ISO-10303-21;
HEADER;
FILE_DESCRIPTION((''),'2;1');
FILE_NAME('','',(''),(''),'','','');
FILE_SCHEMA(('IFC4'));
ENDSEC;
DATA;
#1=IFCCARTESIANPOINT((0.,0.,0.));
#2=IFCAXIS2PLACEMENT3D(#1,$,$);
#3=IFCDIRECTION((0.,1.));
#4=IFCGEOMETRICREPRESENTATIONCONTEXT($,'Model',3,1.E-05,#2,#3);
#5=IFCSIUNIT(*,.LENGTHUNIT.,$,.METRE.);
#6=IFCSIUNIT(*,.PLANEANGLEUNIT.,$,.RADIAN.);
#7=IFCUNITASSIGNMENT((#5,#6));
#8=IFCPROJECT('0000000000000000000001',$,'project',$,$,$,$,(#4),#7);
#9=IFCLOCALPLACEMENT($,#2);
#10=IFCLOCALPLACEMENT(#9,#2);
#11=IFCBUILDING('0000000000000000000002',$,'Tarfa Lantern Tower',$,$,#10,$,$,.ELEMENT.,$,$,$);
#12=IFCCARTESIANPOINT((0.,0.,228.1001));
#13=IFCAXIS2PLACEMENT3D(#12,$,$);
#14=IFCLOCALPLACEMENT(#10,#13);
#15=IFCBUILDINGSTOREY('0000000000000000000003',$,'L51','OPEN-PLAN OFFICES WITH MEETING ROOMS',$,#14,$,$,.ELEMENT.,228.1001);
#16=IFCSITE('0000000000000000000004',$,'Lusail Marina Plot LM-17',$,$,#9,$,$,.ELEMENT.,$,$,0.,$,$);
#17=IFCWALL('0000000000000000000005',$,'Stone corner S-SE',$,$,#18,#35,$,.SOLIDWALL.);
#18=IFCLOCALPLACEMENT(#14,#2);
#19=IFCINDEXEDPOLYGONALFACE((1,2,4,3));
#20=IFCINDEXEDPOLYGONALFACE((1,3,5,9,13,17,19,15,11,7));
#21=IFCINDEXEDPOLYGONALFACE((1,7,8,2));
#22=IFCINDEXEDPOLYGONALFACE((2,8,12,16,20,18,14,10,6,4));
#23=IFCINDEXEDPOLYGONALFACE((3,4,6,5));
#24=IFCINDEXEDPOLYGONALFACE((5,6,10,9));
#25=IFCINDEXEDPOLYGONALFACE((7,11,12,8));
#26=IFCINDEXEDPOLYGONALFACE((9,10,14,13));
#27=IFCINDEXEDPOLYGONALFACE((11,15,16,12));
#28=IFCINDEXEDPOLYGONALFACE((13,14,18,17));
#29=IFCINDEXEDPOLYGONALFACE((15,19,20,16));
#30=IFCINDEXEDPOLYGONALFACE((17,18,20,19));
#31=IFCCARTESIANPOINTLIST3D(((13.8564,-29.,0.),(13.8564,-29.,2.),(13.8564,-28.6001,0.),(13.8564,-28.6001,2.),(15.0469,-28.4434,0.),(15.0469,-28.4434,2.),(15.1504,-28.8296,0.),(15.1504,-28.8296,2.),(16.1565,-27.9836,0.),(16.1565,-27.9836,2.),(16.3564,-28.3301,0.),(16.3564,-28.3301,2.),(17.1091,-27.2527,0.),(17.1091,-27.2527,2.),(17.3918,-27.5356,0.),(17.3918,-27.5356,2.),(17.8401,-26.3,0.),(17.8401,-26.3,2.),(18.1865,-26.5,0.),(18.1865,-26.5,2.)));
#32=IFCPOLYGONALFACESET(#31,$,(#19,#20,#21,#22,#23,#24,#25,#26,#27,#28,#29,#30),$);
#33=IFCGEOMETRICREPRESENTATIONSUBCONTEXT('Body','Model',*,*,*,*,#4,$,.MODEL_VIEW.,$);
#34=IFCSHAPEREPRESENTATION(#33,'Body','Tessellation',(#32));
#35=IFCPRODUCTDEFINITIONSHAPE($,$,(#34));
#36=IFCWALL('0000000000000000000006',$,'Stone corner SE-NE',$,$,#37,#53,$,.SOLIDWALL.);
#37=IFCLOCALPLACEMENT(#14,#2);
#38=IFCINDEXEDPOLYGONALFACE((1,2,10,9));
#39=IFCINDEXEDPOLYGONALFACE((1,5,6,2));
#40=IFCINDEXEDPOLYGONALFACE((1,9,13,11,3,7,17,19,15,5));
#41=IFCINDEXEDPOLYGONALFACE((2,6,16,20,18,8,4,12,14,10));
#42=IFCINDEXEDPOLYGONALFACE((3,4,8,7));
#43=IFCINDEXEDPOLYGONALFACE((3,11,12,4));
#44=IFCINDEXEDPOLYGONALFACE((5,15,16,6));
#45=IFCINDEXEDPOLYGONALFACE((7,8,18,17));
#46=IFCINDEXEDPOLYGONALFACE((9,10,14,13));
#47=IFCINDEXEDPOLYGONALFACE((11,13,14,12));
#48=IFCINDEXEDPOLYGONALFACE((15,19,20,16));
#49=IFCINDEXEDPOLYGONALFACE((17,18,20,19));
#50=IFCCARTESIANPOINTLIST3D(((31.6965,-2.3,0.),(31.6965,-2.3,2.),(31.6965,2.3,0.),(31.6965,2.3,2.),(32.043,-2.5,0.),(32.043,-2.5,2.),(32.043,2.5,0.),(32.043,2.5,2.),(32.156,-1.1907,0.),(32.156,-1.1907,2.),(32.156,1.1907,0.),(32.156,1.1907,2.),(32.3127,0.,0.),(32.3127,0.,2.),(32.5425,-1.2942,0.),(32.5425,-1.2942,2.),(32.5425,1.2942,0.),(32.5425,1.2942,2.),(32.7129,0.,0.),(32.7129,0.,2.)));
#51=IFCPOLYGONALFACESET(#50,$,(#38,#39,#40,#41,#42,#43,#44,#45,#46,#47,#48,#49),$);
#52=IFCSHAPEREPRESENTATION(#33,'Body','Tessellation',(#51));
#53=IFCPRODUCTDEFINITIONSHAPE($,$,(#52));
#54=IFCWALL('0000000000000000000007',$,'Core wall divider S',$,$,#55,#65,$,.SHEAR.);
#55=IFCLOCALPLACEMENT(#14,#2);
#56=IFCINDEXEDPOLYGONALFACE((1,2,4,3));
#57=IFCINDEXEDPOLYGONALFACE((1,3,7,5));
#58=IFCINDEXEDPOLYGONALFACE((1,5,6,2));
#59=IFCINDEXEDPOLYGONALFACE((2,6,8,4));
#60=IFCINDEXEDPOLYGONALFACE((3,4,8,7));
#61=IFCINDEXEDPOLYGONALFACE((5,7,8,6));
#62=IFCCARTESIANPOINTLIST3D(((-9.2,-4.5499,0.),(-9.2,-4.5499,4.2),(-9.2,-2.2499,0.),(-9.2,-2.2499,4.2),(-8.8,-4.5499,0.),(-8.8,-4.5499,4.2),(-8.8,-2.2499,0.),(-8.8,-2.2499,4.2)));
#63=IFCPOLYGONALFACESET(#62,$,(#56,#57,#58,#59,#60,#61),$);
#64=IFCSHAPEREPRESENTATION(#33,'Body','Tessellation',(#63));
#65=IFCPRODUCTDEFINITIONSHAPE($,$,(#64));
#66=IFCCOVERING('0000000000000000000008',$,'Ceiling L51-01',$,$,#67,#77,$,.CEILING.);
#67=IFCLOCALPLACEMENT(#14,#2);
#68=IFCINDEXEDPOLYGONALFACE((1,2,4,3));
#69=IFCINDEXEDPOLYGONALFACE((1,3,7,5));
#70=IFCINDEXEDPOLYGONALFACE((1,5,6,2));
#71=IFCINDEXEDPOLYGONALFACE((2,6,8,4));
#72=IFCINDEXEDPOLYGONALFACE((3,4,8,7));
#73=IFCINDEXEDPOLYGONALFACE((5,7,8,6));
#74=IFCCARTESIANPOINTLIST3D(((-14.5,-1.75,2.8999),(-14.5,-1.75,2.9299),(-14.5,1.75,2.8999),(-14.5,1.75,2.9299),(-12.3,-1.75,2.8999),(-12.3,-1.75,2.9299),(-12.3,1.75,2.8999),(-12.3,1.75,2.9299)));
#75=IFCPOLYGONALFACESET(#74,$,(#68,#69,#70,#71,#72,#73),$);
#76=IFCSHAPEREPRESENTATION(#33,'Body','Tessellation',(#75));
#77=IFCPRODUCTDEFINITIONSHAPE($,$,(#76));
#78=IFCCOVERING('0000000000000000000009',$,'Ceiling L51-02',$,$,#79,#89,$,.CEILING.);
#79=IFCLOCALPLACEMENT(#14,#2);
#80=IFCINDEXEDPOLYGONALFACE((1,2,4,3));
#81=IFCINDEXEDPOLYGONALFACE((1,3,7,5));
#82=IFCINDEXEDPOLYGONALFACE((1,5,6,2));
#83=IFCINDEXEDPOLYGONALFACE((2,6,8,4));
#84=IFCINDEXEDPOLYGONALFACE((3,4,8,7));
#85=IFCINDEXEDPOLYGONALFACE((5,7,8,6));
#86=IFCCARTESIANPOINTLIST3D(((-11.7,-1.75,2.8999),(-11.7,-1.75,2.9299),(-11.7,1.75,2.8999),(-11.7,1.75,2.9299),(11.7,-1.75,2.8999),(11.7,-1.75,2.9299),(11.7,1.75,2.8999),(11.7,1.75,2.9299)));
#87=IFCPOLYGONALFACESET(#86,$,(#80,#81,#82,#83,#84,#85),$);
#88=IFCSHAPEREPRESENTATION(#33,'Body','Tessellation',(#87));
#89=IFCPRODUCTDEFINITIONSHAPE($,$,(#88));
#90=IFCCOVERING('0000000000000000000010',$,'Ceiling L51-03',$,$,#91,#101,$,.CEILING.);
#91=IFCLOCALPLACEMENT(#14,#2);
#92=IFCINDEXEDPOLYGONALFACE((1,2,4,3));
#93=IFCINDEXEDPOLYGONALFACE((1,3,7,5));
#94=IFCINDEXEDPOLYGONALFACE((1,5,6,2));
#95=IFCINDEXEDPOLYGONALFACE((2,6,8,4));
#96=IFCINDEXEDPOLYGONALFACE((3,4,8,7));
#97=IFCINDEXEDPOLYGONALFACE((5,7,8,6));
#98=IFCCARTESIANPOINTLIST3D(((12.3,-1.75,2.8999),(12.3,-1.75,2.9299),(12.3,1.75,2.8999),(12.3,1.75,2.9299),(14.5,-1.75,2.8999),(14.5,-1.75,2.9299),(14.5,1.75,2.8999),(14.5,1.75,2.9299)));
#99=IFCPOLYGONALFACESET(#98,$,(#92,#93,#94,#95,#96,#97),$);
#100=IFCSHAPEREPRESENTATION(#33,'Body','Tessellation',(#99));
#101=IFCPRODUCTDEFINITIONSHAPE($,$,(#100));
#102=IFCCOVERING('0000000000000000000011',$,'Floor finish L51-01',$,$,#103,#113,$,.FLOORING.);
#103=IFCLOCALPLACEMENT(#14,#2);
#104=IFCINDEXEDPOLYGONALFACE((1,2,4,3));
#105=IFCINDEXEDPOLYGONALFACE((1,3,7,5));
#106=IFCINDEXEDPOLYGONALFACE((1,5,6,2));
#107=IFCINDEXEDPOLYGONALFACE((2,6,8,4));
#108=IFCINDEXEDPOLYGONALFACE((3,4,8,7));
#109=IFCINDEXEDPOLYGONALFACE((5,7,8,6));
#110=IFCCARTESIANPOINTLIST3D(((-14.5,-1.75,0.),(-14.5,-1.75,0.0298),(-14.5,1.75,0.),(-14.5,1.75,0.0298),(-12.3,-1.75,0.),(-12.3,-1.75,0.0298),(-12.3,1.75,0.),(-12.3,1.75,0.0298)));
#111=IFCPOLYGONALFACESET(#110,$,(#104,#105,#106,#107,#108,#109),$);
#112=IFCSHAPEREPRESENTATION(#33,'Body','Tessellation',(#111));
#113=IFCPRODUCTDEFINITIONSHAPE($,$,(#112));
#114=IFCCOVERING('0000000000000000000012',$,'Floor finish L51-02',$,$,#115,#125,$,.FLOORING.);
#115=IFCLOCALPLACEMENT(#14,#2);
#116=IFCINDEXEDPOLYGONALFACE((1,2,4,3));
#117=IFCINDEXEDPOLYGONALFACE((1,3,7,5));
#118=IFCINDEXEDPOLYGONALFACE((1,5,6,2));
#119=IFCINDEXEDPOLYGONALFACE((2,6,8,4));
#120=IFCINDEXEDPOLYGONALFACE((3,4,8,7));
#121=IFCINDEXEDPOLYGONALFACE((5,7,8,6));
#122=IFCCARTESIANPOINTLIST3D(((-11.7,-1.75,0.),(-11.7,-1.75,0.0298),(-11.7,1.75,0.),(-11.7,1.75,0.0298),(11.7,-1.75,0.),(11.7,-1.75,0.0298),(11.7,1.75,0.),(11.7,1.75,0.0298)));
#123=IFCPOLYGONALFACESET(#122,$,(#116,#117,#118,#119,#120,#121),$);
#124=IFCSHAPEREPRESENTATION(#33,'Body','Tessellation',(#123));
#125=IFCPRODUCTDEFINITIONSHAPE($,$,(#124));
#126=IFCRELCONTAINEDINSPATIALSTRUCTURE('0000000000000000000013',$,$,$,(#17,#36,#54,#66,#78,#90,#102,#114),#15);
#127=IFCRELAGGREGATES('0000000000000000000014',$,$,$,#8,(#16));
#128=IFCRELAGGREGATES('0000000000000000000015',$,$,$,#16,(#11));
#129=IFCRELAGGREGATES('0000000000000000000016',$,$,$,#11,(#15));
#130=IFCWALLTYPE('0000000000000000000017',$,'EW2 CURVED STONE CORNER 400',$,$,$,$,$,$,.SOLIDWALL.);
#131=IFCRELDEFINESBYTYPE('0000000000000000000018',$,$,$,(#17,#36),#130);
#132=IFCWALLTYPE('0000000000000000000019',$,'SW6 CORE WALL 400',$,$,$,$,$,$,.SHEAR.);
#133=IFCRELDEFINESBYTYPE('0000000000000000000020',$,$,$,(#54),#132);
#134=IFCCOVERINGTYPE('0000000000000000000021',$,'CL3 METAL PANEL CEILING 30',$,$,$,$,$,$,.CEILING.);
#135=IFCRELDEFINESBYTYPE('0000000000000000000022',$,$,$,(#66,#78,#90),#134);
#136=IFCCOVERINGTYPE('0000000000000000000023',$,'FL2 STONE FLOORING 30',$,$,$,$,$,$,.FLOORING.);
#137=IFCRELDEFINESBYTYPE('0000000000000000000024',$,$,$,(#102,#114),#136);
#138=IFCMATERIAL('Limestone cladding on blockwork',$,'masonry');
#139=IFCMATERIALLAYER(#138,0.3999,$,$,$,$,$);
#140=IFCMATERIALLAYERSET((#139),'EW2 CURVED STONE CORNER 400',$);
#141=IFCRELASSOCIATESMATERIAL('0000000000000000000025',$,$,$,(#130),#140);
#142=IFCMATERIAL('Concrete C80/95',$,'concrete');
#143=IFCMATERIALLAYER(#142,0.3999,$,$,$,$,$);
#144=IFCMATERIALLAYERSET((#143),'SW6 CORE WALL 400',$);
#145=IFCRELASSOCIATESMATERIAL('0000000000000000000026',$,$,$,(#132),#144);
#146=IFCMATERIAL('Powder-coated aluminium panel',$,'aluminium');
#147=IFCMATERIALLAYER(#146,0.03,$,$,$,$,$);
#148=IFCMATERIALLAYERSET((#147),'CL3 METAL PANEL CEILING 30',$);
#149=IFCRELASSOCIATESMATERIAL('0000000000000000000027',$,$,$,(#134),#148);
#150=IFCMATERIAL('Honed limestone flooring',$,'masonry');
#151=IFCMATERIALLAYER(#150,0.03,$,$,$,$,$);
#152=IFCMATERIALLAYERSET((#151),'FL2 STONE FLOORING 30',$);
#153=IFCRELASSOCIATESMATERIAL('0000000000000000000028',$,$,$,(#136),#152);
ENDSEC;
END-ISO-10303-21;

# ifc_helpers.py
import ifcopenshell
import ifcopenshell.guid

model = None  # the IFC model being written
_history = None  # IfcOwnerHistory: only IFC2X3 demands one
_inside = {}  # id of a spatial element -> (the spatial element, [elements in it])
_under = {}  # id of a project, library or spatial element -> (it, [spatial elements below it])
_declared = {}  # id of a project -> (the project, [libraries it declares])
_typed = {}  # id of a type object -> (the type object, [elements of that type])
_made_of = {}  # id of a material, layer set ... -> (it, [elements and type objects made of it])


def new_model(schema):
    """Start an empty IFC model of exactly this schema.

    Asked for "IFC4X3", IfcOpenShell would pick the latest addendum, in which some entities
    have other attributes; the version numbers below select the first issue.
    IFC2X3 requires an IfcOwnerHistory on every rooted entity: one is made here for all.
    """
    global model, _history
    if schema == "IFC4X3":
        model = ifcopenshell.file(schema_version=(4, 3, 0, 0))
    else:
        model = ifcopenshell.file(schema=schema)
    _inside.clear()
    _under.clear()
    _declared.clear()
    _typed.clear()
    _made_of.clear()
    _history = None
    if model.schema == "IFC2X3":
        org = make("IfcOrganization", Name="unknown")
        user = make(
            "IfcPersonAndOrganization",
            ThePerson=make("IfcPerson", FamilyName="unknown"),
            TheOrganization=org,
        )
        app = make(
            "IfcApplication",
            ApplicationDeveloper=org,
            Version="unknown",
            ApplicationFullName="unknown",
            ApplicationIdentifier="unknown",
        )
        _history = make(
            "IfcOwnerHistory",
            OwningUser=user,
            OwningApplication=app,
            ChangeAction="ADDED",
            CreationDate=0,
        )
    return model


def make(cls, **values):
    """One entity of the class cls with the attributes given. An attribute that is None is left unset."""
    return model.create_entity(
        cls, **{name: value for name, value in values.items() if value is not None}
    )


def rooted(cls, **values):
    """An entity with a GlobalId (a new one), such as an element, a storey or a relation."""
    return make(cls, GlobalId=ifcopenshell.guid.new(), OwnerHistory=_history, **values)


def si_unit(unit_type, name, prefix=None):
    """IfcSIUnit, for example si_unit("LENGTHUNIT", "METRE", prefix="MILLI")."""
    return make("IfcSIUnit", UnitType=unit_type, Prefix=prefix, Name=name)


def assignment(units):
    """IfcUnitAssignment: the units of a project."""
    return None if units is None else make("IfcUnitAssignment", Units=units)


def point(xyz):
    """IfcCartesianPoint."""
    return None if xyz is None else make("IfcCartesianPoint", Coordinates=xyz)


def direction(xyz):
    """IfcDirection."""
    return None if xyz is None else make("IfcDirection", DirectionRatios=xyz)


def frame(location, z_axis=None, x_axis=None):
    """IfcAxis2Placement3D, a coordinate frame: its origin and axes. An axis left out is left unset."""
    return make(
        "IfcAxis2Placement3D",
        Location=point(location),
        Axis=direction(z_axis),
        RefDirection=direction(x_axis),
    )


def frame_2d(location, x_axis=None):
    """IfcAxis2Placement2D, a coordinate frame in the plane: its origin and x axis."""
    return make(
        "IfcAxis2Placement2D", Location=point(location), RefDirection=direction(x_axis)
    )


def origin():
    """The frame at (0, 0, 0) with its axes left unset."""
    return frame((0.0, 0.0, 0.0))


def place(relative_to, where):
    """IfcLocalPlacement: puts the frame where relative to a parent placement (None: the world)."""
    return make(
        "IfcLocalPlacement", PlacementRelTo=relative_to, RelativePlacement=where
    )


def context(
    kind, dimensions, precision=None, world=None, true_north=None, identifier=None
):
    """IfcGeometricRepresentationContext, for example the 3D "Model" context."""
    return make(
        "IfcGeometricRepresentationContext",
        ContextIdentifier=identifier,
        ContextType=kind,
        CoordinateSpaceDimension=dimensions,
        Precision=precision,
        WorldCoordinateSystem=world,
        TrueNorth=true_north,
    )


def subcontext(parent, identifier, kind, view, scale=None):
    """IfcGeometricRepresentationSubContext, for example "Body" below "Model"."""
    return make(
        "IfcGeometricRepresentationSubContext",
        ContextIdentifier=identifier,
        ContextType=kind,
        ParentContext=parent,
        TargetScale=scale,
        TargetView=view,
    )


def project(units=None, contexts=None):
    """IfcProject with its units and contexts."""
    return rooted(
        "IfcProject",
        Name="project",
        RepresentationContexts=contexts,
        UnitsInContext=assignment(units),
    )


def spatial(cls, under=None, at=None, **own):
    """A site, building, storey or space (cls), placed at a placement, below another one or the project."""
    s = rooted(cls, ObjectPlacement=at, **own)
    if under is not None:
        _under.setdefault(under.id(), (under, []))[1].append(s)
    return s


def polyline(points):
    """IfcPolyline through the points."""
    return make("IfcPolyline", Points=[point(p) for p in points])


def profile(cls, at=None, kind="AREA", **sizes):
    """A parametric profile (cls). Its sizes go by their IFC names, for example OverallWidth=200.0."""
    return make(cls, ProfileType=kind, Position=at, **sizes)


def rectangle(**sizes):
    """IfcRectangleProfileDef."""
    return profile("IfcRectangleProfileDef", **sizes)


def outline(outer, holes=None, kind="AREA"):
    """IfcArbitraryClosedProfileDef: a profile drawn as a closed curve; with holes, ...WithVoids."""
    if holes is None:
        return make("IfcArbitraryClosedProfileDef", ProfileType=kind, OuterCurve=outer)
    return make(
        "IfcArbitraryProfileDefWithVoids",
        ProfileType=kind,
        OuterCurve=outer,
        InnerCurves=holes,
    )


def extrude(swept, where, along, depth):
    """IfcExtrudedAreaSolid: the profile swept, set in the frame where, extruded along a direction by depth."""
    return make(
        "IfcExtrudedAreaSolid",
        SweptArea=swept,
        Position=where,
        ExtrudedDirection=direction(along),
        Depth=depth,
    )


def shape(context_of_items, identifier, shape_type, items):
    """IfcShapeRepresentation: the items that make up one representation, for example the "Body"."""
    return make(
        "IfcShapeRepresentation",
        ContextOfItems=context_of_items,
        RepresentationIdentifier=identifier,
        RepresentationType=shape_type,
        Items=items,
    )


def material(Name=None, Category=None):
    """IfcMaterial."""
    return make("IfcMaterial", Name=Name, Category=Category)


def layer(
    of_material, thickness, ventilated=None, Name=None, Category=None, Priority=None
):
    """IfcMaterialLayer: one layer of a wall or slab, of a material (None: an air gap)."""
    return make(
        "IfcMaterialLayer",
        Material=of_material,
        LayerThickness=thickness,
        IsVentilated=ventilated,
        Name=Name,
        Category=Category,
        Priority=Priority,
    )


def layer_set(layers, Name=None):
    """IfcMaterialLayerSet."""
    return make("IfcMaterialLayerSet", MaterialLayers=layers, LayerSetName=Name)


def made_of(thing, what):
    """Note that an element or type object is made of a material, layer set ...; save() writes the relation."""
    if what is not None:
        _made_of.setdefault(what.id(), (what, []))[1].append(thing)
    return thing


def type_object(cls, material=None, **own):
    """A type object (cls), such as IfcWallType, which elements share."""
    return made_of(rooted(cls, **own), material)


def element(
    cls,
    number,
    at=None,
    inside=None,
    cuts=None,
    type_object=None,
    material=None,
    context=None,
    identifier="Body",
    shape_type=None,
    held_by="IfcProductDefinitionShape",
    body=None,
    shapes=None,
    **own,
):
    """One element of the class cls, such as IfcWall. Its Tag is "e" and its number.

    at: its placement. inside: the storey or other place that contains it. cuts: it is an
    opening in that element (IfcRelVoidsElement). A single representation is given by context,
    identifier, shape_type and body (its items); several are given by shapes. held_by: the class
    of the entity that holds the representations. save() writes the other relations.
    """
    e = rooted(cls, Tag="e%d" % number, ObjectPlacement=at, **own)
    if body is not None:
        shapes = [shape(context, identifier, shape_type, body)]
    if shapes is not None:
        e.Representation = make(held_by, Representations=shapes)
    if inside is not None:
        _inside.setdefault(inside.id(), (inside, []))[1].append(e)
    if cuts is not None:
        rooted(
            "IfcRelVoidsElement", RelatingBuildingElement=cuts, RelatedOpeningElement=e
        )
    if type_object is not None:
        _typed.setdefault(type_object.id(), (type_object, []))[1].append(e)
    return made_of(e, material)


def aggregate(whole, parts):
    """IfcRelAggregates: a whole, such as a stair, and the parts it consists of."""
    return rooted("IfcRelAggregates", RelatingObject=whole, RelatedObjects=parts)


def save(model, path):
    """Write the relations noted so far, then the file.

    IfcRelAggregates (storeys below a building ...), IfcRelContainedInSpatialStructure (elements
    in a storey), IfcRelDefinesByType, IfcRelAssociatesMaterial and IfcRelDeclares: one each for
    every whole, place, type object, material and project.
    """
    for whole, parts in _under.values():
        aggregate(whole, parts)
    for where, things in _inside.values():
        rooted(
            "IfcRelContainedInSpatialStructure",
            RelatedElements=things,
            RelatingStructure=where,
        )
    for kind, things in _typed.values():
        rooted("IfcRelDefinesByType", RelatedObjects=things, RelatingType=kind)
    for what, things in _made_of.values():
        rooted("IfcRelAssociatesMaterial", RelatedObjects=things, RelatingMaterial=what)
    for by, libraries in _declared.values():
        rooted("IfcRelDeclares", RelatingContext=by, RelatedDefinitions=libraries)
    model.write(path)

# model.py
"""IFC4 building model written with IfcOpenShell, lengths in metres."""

from ifc_helpers import new_model, si_unit, direction, frame, frame_2d, origin, place, context, subcontext, project, spatial, polyline, rectangle, outline, extrude, material, layer, layer_set, type_object, element, save


model = new_model("IFC4")

# Units and contexts
model_context = context("Model", 3, precision=1e-05, world=origin(), true_north=direction((0.0, 1.0)))
body_context = subcontext(model_context, "Body", "Model", "MODEL_VIEW")
ifc_project = project(units=[si_unit("LENGTHUNIT", "METRE"), si_unit("PLANEANGLEUNIT", "RADIAN")], contexts=[model_context])

# Site, building, storey
site_placement = place(None, origin())
site = spatial("IfcSite", under=ifc_project, at=site_placement, Name="Lusail Marina Plot LM-17", CompositionType="ELEMENT", RefElevation=0.0)
building_placement = place(site_placement, origin())
building = spatial("IfcBuilding", under=site, at=building_placement, Name="Tarfa Lantern Tower", CompositionType="ELEMENT")
storey_placement = place(building_placement, frame((0.0, 0.0, 228.1001)))
storey = spatial("IfcBuildingStorey", under=building, at=storey_placement, Name="L51", Description="OPEN-PLAN OFFICES WITH MEETING ROOMS", CompositionType="ELEMENT", Elevation=228.1001)

# Walls
ifc_material_1 = material(Name="Limestone cladding on blockwork", Category="masonry")
ifc_layer_1 = layer(ifc_material_1, 0.3999)
ifc_layer_set_1 = layer_set([ifc_layer_1], Name="EW2 CURVED STONE CORNER 400")
wall_type_1 = type_object("IfcWallType", Name="EW2 CURVED STONE CORNER 400", PredefinedType="SOLIDWALL", material=ifc_layer_set_1)
wall_1_placement = place(storey_placement, origin())
element("IfcWall", 1, at=wall_1_placement, inside=storey, type_object=wall_type_1, Name="Stone corner S-SE", PredefinedType="SOLIDWALL", context=body_context, shape_type="SweptSolid", body=[
    extrude(outline(polyline([(13.8564, -29.0), (15.1504, -28.8296), (16.3564, -28.3301), (17.3918, -27.5356), (18.1865, -26.5), (17.8401, -26.3), (17.1091, -27.2527), (16.1565, -27.9836), (15.0469, -28.4434), (13.8564, -28.6001), (13.8564, -29.0)])), origin(), (0.0, 0.0, 1.0), 2.0),
])
wall_2_placement = place(storey_placement, origin())
element("IfcWall", 2, at=wall_2_placement, inside=storey, type_object=wall_type_1, Name="Stone corner SE-NE", PredefinedType="SOLIDWALL", context=body_context, shape_type="SweptSolid", body=[
    extrude(outline(polyline([(32.043, -2.5), (32.5425, -1.2942), (32.7129, 0.0), (32.5425, 1.2942), (32.043, 2.5), (31.6965, 2.3), (32.156, 1.1907), (32.3127, 0.0), (32.156, -1.1907), (31.6965, -2.3), (32.043, -2.5)])), origin(), (0.0, 0.0, 1.0), 2.0),
])
ifc_material_2 = material(Name="Concrete C80/95", Category="concrete")
ifc_layer_2 = layer(ifc_material_2, 0.3999)
ifc_layer_set_2 = layer_set([ifc_layer_2], Name="SW6 CORE WALL 400")
wall_type_2 = type_object("IfcWallType", Name="SW6 CORE WALL 400", PredefinedType="SHEAR", material=ifc_layer_set_2)
wall_3_placement = place(storey_placement, frame((-9.0, -2.25, 0.0), z_axis=(0.0, 0.0, 1.0), x_axis=(0.0, -1.0, 0.0)))
element("IfcWall", 3, at=wall_3_placement, inside=storey, type_object=wall_type_2, Name="Core wall divider S", PredefinedType="SHEAR", context=body_context, shape_type="SweptSolid", body=[
    extrude(rectangle(XDim=2.3, YDim=0.3999, at=frame_2d((1.1499, 0.0))), origin(), (0.0, 0.0, 1.0), 4.2),
])

# Coverings
ifc_material_3 = material(Name="Powder-coated aluminium panel", Category="aluminium")
ifc_layer_3 = layer(ifc_material_3, 0.03)
ifc_layer_set_3 = layer_set([ifc_layer_3], Name="CL3 METAL PANEL CEILING 30")
covering_type_1 = type_object("IfcCoveringType", Name="CL3 METAL PANEL CEILING 30", PredefinedType="CEILING", material=ifc_layer_set_3)
covering_1_placement = place(storey_placement, frame((0.0, 0.0, 2.8999)))
element("IfcCovering", 4, at=covering_1_placement, inside=storey, type_object=covering_type_1, Name="Ceiling L51-01", PredefinedType="CEILING", context=body_context, shape_type="SweptSolid", body=[
    extrude(outline(polyline([(-14.5, -1.75), (-12.3, -1.75), (-12.3, 1.75), (-14.5, 1.75), (-14.5, -1.75)])), origin(), (0.0, 0.0, 1.0), 0.03),
])
covering_2_placement = place(storey_placement, frame((0.0, 0.0, 2.8999)))
element("IfcCovering", 5, at=covering_2_placement, inside=storey, type_object=covering_type_1, Name="Ceiling L51-02", PredefinedType="CEILING", context=body_context, shape_type="SweptSolid", body=[
    extrude(outline(polyline([(-11.7, -1.75), (11.7, -1.75), (11.7, 1.75), (-11.7, 1.75), (-11.7, -1.75)])), origin(), (0.0, 0.0, 1.0), 0.03),
])
covering_3_placement = place(storey_placement, frame((0.0, 0.0, 2.8999)))
element("IfcCovering", 6, at=covering_3_placement, inside=storey, type_object=covering_type_1, Name="Ceiling L51-03", PredefinedType="CEILING", context=body_context, shape_type="SweptSolid", body=[
    extrude(outline(polyline([(12.3, -1.75), (14.5, -1.75), (14.5, 1.75), (12.3, 1.75), (12.3, -1.75)])), origin(), (0.0, 0.0, 1.0), 0.03),
])
ifc_material_4 = material(Name="Honed limestone flooring", Category="masonry")
ifc_layer_4 = layer(ifc_material_4, 0.03)
ifc_layer_set_4 = layer_set([ifc_layer_4], Name="FL2 STONE FLOORING 30")
covering_type_2 = type_object("IfcCoveringType", Name="FL2 STONE FLOORING 30", PredefinedType="FLOORING", material=ifc_layer_set_4)
covering_4_placement = place(storey_placement, origin())
element("IfcCovering", 7, at=covering_4_placement, inside=storey, type_object=covering_type_2, Name="Floor finish L51-01", PredefinedType="FLOORING", context=body_context, shape_type="SweptSolid", body=[
    extrude(outline(polyline([(-14.5, -1.75), (-12.3, -1.75), (-12.3, 1.75), (-14.5, 1.75), (-14.5, -1.75)])), origin(), (0.0, 0.0, 1.0), 0.0298),
])
covering_5_placement = place(storey_placement, origin())
element("IfcCovering", 8, at=covering_5_placement, inside=storey, type_object=covering_type_2, Name="Floor finish L51-02", PredefinedType="FLOORING", context=body_context, shape_type="SweptSolid", body=[
    extrude(outline(polyline([(-11.7, -1.75), (11.7, -1.75), (11.7, 1.75), (-11.7, 1.75), (-11.7, -1.75)])), origin(), (0.0, 0.0, 1.0), 0.0298),
])

save(model, "model.ifc")
